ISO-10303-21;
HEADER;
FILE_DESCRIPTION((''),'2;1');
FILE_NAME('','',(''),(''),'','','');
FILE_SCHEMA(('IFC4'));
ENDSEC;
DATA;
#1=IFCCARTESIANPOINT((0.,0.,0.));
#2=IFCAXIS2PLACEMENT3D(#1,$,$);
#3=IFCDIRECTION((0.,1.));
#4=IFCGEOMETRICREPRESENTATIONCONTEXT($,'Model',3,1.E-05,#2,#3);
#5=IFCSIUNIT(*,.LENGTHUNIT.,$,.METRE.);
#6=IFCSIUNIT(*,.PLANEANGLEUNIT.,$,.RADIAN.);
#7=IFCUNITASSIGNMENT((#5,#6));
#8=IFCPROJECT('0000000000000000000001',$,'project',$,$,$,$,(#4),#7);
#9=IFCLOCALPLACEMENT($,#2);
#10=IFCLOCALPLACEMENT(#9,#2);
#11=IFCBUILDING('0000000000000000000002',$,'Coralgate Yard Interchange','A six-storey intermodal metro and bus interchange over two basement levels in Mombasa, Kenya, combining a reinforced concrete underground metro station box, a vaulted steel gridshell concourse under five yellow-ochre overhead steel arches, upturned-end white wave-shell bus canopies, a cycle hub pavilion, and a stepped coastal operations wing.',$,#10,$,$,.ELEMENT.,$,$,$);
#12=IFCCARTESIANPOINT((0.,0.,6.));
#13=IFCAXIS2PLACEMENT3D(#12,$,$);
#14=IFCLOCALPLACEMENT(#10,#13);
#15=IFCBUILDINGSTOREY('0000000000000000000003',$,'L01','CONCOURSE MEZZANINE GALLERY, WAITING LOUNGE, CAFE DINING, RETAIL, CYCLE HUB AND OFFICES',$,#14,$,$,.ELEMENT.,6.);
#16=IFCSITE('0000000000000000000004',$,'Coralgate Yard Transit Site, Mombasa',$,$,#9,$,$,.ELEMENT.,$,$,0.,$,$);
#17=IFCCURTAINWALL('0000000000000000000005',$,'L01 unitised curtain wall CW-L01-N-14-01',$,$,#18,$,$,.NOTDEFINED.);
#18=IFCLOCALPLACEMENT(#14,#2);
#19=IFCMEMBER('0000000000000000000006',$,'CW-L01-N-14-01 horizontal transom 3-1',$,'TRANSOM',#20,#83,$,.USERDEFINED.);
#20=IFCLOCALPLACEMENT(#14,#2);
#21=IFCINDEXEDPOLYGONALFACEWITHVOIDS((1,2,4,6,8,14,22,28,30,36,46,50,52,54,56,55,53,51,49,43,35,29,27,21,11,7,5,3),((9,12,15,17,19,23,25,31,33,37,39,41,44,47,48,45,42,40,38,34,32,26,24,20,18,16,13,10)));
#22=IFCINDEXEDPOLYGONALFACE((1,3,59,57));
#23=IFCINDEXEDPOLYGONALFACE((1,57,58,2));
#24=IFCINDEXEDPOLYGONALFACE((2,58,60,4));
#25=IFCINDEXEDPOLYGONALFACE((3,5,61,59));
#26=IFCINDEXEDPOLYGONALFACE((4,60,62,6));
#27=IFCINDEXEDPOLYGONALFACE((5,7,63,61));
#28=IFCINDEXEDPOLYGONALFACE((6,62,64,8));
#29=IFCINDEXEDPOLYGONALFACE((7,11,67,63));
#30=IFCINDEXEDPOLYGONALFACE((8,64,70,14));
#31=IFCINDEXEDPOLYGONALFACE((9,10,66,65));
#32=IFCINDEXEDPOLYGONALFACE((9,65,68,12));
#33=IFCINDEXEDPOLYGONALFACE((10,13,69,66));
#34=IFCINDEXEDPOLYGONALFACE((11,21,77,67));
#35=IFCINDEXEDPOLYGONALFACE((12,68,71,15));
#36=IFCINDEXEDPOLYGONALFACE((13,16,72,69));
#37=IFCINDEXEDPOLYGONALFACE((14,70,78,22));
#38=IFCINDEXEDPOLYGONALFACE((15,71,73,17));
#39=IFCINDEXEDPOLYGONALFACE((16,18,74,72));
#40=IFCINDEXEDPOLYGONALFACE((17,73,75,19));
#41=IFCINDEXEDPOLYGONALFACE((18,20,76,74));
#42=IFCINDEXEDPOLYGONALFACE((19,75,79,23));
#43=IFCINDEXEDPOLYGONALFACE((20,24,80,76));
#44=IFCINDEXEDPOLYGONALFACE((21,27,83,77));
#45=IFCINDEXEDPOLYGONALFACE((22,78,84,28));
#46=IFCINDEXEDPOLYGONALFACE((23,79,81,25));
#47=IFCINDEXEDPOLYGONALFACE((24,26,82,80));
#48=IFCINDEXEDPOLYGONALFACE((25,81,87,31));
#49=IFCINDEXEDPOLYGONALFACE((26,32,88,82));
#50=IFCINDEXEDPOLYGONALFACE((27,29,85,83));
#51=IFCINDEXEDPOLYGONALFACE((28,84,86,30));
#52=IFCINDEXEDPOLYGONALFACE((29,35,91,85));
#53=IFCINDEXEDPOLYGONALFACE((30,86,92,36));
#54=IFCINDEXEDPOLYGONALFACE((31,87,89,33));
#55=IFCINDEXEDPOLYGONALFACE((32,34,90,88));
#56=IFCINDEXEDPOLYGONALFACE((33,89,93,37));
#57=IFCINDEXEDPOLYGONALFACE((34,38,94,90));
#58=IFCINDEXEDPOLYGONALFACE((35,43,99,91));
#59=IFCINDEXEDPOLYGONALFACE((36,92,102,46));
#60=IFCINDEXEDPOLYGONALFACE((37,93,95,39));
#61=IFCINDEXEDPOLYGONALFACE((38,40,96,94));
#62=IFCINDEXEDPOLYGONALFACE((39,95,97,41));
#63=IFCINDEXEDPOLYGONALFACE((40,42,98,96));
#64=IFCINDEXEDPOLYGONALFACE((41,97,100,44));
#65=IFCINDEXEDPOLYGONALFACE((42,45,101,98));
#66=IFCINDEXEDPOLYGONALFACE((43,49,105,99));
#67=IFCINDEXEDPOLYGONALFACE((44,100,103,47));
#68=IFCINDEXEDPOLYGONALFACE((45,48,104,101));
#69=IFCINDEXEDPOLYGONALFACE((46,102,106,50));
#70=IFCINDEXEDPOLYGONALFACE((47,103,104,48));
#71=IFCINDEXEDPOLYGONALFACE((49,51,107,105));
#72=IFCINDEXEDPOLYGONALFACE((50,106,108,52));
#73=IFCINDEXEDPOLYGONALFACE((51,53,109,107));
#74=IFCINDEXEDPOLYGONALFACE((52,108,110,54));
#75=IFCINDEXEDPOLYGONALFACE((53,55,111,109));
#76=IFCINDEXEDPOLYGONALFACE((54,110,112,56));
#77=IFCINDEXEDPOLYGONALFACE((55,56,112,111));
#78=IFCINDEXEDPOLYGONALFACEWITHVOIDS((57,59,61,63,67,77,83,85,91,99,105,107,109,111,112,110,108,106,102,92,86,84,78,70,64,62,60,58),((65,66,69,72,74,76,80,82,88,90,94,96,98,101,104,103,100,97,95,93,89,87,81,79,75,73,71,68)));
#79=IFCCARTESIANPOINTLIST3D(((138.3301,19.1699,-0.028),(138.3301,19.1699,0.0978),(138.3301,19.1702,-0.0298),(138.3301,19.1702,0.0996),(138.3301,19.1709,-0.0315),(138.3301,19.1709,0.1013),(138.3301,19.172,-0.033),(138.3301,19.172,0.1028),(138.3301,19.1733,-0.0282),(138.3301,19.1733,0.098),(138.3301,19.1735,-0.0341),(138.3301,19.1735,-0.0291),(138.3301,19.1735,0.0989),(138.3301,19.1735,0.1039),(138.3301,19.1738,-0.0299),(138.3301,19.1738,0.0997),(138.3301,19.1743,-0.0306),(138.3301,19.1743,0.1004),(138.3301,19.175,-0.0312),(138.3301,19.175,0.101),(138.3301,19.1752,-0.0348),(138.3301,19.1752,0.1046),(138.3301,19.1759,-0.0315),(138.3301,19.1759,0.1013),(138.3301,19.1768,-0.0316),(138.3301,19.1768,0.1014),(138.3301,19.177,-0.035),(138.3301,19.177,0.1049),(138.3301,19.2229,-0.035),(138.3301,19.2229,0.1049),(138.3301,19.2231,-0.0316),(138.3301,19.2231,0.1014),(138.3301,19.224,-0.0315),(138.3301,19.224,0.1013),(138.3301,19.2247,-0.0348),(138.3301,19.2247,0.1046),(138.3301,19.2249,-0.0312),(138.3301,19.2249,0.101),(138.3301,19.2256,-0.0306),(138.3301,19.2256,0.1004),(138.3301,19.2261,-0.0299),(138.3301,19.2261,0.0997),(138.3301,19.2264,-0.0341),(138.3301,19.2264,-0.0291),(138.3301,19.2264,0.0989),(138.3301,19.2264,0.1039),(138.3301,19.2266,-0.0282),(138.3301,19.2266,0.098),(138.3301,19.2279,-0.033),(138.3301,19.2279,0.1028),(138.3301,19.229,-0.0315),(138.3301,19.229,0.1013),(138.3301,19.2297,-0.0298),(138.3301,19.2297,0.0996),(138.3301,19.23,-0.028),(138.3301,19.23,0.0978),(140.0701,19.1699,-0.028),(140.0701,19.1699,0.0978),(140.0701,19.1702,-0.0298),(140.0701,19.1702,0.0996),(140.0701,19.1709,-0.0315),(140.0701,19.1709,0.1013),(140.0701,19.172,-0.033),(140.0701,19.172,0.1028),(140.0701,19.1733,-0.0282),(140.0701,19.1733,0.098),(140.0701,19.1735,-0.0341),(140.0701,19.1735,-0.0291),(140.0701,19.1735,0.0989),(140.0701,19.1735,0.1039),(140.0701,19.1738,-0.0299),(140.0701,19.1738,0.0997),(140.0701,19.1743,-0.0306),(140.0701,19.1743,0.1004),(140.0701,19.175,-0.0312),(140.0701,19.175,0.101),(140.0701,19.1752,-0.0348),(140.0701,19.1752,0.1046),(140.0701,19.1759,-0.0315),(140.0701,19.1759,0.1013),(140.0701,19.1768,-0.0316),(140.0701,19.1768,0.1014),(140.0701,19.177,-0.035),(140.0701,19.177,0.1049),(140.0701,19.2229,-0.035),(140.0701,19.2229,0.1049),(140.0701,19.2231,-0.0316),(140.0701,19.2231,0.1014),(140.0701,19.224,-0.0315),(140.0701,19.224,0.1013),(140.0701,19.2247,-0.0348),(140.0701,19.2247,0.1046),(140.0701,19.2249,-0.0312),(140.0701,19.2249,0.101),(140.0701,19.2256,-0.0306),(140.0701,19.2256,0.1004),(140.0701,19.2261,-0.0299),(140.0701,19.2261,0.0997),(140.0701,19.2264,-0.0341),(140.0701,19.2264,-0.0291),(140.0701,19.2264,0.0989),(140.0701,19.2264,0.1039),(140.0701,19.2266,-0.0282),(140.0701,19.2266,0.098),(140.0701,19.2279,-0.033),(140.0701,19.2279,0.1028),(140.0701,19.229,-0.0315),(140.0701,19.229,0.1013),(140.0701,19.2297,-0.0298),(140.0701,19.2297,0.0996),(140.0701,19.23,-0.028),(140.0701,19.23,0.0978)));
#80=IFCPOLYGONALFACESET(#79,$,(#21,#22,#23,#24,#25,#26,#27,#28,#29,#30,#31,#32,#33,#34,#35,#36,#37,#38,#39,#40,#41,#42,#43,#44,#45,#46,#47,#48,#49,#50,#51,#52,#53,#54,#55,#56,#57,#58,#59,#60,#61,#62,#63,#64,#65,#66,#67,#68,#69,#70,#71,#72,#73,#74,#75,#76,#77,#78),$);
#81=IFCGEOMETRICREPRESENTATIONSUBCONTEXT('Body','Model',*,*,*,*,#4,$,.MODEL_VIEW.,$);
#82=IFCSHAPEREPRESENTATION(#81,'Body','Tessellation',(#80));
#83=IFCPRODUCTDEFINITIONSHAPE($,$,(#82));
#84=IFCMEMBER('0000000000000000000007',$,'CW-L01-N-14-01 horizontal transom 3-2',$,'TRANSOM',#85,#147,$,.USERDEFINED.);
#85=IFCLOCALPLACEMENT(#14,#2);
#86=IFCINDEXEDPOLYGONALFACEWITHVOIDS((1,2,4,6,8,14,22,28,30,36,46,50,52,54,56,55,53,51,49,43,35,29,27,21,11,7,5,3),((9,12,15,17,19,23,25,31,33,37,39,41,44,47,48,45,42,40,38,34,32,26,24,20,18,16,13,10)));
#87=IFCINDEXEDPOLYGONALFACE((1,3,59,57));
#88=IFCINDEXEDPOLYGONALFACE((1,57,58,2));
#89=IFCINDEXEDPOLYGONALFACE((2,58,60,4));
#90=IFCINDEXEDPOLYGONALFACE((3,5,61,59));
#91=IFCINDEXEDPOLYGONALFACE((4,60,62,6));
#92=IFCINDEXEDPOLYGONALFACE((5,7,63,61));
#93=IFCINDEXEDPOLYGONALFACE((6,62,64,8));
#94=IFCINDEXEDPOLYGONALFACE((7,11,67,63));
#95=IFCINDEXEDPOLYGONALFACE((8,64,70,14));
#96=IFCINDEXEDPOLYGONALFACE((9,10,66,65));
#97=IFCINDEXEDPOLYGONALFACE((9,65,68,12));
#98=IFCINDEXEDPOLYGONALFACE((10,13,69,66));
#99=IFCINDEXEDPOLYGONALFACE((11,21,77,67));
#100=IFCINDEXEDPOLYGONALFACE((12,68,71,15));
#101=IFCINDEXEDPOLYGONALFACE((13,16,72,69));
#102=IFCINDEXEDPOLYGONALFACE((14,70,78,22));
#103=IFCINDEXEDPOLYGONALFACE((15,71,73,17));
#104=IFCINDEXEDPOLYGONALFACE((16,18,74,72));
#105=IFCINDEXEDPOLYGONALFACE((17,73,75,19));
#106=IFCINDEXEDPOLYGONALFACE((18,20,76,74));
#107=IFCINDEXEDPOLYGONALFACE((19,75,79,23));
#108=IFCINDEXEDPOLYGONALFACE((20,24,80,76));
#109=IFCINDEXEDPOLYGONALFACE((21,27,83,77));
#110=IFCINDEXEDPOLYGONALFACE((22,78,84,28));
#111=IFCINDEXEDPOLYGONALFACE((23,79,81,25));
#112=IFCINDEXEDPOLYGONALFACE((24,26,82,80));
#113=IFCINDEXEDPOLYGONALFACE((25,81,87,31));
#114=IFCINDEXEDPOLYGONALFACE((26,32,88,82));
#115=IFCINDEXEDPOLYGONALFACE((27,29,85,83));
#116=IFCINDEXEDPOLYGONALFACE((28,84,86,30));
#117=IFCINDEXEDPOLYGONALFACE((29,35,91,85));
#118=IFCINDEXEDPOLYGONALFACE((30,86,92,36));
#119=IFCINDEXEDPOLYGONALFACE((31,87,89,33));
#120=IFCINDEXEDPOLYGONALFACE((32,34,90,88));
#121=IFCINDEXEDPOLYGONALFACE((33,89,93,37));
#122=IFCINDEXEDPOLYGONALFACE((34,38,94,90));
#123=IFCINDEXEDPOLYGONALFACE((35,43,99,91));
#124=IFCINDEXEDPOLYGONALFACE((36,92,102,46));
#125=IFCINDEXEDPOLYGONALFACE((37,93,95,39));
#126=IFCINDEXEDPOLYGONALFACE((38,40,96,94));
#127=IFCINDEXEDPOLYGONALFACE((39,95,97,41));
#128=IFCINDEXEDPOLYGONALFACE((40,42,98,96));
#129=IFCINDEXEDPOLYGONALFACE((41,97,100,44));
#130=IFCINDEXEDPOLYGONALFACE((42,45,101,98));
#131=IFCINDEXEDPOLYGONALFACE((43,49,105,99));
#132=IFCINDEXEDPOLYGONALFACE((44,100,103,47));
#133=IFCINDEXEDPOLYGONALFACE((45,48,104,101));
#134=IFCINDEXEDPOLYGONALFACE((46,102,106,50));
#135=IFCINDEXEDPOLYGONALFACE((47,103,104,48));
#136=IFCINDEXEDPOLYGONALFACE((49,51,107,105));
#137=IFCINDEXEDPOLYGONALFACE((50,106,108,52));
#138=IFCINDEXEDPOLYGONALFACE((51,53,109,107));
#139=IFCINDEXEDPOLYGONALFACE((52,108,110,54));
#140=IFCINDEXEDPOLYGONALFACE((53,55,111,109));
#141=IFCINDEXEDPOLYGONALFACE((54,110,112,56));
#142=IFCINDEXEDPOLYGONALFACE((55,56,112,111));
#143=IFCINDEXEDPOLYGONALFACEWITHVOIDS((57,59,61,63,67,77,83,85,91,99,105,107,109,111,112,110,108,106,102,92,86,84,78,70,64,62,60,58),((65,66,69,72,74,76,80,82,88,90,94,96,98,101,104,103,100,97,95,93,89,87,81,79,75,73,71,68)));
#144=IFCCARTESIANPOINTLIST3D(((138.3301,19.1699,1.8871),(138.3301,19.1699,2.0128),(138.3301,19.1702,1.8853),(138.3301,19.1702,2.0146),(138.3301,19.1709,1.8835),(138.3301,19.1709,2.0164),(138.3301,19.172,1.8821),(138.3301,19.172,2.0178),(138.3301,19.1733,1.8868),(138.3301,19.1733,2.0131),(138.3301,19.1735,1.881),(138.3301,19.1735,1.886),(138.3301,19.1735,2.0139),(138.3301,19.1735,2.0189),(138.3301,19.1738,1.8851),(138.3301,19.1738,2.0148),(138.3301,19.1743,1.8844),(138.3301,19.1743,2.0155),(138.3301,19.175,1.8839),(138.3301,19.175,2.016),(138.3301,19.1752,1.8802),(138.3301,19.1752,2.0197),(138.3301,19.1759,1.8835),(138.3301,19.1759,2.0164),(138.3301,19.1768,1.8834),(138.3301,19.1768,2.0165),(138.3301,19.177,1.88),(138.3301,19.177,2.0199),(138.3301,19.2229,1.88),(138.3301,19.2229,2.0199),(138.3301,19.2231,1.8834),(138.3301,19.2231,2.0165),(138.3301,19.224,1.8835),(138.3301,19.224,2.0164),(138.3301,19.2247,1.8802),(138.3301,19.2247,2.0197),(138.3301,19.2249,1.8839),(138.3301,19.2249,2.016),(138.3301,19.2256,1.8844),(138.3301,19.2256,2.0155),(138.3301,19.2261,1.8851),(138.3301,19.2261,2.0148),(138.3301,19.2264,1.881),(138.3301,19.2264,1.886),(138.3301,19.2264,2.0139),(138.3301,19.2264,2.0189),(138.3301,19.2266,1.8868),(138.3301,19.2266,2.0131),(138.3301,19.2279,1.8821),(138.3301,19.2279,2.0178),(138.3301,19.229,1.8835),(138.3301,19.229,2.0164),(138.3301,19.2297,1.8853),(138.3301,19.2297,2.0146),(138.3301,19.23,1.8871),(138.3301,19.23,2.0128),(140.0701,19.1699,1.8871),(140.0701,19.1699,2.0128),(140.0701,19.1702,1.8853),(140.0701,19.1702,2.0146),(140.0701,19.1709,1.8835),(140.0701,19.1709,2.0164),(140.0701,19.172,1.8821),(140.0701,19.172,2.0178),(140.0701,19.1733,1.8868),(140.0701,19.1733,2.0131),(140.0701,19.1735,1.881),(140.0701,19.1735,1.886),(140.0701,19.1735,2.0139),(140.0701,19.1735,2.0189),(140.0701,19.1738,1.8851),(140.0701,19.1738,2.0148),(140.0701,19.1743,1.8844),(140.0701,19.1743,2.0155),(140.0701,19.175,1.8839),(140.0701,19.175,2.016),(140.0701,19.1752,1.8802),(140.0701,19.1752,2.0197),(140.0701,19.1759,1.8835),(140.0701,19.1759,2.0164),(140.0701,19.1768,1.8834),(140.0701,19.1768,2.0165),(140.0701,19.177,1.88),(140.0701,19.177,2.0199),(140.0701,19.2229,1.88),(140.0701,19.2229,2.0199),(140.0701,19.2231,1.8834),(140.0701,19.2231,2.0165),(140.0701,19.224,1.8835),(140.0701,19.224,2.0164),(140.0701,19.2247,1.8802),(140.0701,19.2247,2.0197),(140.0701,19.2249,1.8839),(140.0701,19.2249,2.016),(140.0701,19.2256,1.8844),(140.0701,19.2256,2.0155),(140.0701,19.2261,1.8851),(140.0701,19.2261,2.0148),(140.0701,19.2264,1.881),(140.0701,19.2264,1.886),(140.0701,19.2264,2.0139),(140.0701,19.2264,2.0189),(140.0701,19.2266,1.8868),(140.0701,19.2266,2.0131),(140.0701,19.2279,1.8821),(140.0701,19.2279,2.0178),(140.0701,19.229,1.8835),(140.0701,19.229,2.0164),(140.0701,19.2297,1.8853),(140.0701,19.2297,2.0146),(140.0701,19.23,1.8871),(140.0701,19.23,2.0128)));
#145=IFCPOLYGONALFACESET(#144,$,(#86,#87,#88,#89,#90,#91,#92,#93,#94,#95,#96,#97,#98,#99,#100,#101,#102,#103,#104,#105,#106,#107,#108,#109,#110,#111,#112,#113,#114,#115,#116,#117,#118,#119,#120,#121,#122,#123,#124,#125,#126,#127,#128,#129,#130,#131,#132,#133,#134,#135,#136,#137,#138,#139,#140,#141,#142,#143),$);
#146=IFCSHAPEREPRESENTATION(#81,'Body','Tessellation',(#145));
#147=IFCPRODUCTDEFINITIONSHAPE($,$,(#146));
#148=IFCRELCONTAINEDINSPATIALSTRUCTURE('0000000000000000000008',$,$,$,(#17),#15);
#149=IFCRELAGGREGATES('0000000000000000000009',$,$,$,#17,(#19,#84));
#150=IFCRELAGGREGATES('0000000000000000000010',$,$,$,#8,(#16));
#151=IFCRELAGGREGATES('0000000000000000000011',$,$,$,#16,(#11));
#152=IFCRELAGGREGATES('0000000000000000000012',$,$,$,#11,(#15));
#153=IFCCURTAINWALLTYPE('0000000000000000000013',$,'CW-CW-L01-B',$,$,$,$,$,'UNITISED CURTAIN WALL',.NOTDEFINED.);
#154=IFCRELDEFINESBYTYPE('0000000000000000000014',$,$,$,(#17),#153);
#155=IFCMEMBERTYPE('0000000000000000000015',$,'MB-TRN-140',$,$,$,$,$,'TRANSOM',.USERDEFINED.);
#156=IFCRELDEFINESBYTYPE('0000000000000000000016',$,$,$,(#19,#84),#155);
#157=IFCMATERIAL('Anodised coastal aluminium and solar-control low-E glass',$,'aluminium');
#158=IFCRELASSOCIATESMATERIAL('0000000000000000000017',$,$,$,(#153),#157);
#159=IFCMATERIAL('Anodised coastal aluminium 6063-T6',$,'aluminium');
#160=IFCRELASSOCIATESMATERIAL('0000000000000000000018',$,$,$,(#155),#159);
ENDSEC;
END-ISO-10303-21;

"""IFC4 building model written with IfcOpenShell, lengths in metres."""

from ifc_helpers import new_model, si_unit, direction, frame, origin, origin_2d, place, context, subcontext, project, spatial, hollow_rectangle, extrude, material, material_profile, profile_set, type_object, element, aggregate, save


model = new_model("IFC4")

# Units and contexts
model_context = context("Model", 3, precision=1e-05, world=origin(), true_north=direction((0.0, 1.0)))
body_context = subcontext(model_context, "Body", "Model", "MODEL_VIEW")
ifc_project = project(units=[si_unit("LENGTHUNIT", "METRE"), si_unit("PLANEANGLEUNIT", "RADIAN")], contexts=[model_context])

# Site, building, storey
site_placement = place(None, origin())
site = spatial("IfcSite", under=ifc_project, at=site_placement, Name="Coralgate Yard Transit Site, Mombasa", CompositionType="ELEMENT", RefElevation=0.0)
building_placement = place(site_placement, origin())
building = spatial("IfcBuilding", under=site, at=building_placement, Name="Coralgate Yard Interchange", Description="A six-storey intermodal metro and bus interchange over two basement levels in Mombasa, Kenya, combining a reinforced concrete underground metro station box, a vaulted steel gridshell concourse under five yellow-ochre overhead steel arches, upturned-end white wave-shell bus canopies, a cycle hub pavilion, and a stepped coastal operations wing.", CompositionType="ELEMENT")
storey_placement = place(building_placement, frame((0.0, 0.0, 6.0)))
storey = spatial("IfcBuildingStorey", under=building, at=storey_placement, Name="L01", Description="CONCOURSE MEZZANINE GALLERY, WAITING LOUNGE, CAFE DINING, RETAIL, CYCLE HUB AND OFFICES", CompositionType="ELEMENT", Elevation=6.0)

# Curtain wall
ifc_material_1 = material(Name="Anodised coastal aluminium and solar-control low-E glass", Category="aluminium")
ifc_material_2 = material(Name="Anodised coastal aluminium 6063-T6", Category="aluminium")
curtain_wall_type_1 = type_object("IfcCurtainWallType", Name="CW-CW-L01-B", ElementType="UNITISED CURTAIN WALL", PredefinedType="NOTDEFINED", material=ifc_material_1)
curtain_wall_1_placement = place(storey_placement, origin())
curtain_wall_1 = element("IfcCurtainWall", 1, at=curtain_wall_1_placement, inside=storey, type_object=curtain_wall_type_1, Name="L01 unitised curtain wall CW-L01-N-14-01", PredefinedType="NOTDEFINED")

# Members
ifc_material_profile_1 = material_profile(ifc_material_2, hollow_rectangle(XDim=0.0601, YDim=0.1399, WallThickness=0.0034, InnerFilletRadius=0.0034, OuterFilletRadius=0.0071, at=origin_2d()), Name="ALU 60x140x3.5")
ifc_profile_set_1 = profile_set([ifc_material_profile_1], Name="Anodised coastal aluminium 6063-T6")
member_type_1 = type_object("IfcMemberType", Name="MB-TRN-140", ElementType="TRANSOM", PredefinedType="USERDEFINED", material=ifc_profile_set_1)
member_1_placement = place(storey_placement, frame((138.3301, 19.2, 0.0349), z_axis=(1.0, 0.0, 0.0), x_axis=(0.0, 1.0, 0.0)))
member_1 = element("IfcMember", 2, at=member_1_placement, type_object=member_type_1, Name="CW-L01-N-14-01 horizontal transom 3-1", ObjectType="TRANSOM", PredefinedType="USERDEFINED", context=body_context, shape_type="SweptSolid", body=[
    extrude(hollow_rectangle(XDim=0.0601, YDim=0.1399, WallThickness=0.0034, InnerFilletRadius=0.0034, OuterFilletRadius=0.0071, at=origin_2d()), origin(), (0.0, 0.0, 1.0), 1.74),
])
member_2_placement = place(storey_placement, frame((138.3301, 19.2, 1.95), z_axis=(1.0, 0.0, 0.0), x_axis=(0.0, 1.0, 0.0)))
member_2 = element("IfcMember", 3, at=member_2_placement, type_object=member_type_1, Name="CW-L01-N-14-01 horizontal transom 3-2", ObjectType="TRANSOM", PredefinedType="USERDEFINED", context=body_context, shape_type="SweptSolid", body=[
    extrude(hollow_rectangle(XDim=0.0601, YDim=0.1399, WallThickness=0.0034, InnerFilletRadius=0.0034, OuterFilletRadius=0.0071, at=origin_2d()), origin(), (0.0, 0.0, 1.0), 1.74),
])

aggregate(curtain_wall_1, [member_1, member_2])

save(model, "model.ifc")
